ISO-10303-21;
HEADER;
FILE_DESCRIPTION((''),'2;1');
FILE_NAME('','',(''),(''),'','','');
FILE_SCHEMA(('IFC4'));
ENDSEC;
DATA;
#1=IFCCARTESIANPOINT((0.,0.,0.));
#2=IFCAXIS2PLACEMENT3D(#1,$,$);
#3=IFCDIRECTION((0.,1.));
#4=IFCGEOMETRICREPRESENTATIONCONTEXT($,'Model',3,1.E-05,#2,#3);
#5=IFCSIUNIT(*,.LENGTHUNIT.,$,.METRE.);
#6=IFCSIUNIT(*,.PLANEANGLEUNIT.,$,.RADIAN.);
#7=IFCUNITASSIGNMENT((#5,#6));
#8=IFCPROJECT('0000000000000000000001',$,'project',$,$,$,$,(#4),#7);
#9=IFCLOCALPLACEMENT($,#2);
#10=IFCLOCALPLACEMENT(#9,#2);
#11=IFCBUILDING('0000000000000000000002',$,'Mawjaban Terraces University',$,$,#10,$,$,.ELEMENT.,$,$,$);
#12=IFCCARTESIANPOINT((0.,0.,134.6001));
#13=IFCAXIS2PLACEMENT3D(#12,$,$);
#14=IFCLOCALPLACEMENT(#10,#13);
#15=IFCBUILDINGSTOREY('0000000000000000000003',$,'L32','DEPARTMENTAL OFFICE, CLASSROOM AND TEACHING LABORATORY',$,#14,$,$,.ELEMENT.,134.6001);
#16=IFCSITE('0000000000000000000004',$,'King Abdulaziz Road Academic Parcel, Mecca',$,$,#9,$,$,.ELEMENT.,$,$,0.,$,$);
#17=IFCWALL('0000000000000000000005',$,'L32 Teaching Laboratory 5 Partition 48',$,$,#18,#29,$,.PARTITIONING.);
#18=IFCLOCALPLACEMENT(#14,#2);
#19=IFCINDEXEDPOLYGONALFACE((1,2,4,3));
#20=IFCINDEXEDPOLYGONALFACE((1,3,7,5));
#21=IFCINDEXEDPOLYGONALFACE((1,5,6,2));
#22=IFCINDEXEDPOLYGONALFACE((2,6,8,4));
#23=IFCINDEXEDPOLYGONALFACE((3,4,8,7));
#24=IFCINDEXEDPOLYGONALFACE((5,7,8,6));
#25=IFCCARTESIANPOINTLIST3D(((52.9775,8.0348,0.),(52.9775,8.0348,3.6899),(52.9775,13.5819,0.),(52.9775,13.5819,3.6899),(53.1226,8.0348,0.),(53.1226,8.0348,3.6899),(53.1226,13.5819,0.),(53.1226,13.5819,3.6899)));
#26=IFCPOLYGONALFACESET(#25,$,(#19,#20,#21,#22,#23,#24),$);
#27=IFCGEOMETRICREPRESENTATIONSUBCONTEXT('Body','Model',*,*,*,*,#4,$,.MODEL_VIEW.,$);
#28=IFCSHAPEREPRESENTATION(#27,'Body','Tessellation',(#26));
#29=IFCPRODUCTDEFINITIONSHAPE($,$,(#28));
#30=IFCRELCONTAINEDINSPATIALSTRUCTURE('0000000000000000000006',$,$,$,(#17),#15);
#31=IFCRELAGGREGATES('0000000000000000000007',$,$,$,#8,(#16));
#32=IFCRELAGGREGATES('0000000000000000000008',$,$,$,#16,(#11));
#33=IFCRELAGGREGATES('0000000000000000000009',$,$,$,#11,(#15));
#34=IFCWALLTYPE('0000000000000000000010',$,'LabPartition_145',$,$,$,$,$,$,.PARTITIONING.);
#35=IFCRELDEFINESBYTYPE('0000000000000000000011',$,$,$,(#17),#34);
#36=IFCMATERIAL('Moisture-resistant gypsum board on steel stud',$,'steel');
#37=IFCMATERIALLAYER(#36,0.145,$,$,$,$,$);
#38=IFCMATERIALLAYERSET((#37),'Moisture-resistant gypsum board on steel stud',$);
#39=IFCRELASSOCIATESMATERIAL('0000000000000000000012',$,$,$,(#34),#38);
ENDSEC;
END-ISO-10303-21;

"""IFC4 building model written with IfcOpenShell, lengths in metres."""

from ifc_helpers import new_model, si_unit, direction, frame, frame_2d, origin, place, context, subcontext, project, spatial, rectangle, extrude, material, layer, layer_set, type_object, element, save


model = new_model("IFC4")

# Units and contexts
model_context = context("Model", 3, precision=1e-05, world=origin(), true_north=direction((0.0, 1.0)))
body_context = subcontext(model_context, "Body", "Model", "MODEL_VIEW")
ifc_project = project(units=[si_unit("LENGTHUNIT", "METRE"), si_unit("PLANEANGLEUNIT", "RADIAN")], contexts=[model_context])

# Site, building, storey
site_placement = place(None, origin())
site = spatial("IfcSite", under=ifc_project, at=site_placement, Name="King Abdulaziz Road Academic Parcel, Mecca", CompositionType="ELEMENT", RefElevation=0.0)
building_placement = place(site_placement, origin())
building = spatial("IfcBuilding", under=site, at=building_placement, Name="Mawjaban Terraces University", CompositionType="ELEMENT")
storey_placement = place(building_placement, frame((0.0, 0.0, 134.6001)))
storey = spatial("IfcBuildingStorey", under=building, at=storey_placement, Name="L32", Description="DEPARTMENTAL OFFICE, CLASSROOM AND TEACHING LABORATORY", CompositionType="ELEMENT", Elevation=134.6001)

# Shared definitions
ifc_material_1 = material(Name="Moisture-resistant gypsum board on steel stud", Category="steel")
ifc_layer_1 = layer(ifc_material_1, 0.145)
ifc_layer_set_1 = layer_set([ifc_layer_1], Name="Moisture-resistant gypsum board on steel stud")
wall_type_1 = type_object("IfcWallType", Name="LabPartition_145", PredefinedType="PARTITIONING", material=ifc_layer_set_1)

# Wall
wall_1_placement = place(storey_placement, frame((53.05, 8.0349, 0.0), z_axis=(0.0, 0.0, 1.0), x_axis=(0.0, 1.0, 0.0)))
element("IfcWall", 1, at=wall_1_placement, inside=storey, type_object=wall_type_1, Name="L32 Teaching Laboratory 5 Partition 48", PredefinedType="PARTITIONING", context=body_context, shape_type="SweptSolid", body=[
    extrude(rectangle(XDim=5.5471, YDim=0.145, at=frame_2d((2.7734, 0.0))), origin(), (0.0, 0.0, 1.0), 3.6899),
])

save(model, "model.ifc")
